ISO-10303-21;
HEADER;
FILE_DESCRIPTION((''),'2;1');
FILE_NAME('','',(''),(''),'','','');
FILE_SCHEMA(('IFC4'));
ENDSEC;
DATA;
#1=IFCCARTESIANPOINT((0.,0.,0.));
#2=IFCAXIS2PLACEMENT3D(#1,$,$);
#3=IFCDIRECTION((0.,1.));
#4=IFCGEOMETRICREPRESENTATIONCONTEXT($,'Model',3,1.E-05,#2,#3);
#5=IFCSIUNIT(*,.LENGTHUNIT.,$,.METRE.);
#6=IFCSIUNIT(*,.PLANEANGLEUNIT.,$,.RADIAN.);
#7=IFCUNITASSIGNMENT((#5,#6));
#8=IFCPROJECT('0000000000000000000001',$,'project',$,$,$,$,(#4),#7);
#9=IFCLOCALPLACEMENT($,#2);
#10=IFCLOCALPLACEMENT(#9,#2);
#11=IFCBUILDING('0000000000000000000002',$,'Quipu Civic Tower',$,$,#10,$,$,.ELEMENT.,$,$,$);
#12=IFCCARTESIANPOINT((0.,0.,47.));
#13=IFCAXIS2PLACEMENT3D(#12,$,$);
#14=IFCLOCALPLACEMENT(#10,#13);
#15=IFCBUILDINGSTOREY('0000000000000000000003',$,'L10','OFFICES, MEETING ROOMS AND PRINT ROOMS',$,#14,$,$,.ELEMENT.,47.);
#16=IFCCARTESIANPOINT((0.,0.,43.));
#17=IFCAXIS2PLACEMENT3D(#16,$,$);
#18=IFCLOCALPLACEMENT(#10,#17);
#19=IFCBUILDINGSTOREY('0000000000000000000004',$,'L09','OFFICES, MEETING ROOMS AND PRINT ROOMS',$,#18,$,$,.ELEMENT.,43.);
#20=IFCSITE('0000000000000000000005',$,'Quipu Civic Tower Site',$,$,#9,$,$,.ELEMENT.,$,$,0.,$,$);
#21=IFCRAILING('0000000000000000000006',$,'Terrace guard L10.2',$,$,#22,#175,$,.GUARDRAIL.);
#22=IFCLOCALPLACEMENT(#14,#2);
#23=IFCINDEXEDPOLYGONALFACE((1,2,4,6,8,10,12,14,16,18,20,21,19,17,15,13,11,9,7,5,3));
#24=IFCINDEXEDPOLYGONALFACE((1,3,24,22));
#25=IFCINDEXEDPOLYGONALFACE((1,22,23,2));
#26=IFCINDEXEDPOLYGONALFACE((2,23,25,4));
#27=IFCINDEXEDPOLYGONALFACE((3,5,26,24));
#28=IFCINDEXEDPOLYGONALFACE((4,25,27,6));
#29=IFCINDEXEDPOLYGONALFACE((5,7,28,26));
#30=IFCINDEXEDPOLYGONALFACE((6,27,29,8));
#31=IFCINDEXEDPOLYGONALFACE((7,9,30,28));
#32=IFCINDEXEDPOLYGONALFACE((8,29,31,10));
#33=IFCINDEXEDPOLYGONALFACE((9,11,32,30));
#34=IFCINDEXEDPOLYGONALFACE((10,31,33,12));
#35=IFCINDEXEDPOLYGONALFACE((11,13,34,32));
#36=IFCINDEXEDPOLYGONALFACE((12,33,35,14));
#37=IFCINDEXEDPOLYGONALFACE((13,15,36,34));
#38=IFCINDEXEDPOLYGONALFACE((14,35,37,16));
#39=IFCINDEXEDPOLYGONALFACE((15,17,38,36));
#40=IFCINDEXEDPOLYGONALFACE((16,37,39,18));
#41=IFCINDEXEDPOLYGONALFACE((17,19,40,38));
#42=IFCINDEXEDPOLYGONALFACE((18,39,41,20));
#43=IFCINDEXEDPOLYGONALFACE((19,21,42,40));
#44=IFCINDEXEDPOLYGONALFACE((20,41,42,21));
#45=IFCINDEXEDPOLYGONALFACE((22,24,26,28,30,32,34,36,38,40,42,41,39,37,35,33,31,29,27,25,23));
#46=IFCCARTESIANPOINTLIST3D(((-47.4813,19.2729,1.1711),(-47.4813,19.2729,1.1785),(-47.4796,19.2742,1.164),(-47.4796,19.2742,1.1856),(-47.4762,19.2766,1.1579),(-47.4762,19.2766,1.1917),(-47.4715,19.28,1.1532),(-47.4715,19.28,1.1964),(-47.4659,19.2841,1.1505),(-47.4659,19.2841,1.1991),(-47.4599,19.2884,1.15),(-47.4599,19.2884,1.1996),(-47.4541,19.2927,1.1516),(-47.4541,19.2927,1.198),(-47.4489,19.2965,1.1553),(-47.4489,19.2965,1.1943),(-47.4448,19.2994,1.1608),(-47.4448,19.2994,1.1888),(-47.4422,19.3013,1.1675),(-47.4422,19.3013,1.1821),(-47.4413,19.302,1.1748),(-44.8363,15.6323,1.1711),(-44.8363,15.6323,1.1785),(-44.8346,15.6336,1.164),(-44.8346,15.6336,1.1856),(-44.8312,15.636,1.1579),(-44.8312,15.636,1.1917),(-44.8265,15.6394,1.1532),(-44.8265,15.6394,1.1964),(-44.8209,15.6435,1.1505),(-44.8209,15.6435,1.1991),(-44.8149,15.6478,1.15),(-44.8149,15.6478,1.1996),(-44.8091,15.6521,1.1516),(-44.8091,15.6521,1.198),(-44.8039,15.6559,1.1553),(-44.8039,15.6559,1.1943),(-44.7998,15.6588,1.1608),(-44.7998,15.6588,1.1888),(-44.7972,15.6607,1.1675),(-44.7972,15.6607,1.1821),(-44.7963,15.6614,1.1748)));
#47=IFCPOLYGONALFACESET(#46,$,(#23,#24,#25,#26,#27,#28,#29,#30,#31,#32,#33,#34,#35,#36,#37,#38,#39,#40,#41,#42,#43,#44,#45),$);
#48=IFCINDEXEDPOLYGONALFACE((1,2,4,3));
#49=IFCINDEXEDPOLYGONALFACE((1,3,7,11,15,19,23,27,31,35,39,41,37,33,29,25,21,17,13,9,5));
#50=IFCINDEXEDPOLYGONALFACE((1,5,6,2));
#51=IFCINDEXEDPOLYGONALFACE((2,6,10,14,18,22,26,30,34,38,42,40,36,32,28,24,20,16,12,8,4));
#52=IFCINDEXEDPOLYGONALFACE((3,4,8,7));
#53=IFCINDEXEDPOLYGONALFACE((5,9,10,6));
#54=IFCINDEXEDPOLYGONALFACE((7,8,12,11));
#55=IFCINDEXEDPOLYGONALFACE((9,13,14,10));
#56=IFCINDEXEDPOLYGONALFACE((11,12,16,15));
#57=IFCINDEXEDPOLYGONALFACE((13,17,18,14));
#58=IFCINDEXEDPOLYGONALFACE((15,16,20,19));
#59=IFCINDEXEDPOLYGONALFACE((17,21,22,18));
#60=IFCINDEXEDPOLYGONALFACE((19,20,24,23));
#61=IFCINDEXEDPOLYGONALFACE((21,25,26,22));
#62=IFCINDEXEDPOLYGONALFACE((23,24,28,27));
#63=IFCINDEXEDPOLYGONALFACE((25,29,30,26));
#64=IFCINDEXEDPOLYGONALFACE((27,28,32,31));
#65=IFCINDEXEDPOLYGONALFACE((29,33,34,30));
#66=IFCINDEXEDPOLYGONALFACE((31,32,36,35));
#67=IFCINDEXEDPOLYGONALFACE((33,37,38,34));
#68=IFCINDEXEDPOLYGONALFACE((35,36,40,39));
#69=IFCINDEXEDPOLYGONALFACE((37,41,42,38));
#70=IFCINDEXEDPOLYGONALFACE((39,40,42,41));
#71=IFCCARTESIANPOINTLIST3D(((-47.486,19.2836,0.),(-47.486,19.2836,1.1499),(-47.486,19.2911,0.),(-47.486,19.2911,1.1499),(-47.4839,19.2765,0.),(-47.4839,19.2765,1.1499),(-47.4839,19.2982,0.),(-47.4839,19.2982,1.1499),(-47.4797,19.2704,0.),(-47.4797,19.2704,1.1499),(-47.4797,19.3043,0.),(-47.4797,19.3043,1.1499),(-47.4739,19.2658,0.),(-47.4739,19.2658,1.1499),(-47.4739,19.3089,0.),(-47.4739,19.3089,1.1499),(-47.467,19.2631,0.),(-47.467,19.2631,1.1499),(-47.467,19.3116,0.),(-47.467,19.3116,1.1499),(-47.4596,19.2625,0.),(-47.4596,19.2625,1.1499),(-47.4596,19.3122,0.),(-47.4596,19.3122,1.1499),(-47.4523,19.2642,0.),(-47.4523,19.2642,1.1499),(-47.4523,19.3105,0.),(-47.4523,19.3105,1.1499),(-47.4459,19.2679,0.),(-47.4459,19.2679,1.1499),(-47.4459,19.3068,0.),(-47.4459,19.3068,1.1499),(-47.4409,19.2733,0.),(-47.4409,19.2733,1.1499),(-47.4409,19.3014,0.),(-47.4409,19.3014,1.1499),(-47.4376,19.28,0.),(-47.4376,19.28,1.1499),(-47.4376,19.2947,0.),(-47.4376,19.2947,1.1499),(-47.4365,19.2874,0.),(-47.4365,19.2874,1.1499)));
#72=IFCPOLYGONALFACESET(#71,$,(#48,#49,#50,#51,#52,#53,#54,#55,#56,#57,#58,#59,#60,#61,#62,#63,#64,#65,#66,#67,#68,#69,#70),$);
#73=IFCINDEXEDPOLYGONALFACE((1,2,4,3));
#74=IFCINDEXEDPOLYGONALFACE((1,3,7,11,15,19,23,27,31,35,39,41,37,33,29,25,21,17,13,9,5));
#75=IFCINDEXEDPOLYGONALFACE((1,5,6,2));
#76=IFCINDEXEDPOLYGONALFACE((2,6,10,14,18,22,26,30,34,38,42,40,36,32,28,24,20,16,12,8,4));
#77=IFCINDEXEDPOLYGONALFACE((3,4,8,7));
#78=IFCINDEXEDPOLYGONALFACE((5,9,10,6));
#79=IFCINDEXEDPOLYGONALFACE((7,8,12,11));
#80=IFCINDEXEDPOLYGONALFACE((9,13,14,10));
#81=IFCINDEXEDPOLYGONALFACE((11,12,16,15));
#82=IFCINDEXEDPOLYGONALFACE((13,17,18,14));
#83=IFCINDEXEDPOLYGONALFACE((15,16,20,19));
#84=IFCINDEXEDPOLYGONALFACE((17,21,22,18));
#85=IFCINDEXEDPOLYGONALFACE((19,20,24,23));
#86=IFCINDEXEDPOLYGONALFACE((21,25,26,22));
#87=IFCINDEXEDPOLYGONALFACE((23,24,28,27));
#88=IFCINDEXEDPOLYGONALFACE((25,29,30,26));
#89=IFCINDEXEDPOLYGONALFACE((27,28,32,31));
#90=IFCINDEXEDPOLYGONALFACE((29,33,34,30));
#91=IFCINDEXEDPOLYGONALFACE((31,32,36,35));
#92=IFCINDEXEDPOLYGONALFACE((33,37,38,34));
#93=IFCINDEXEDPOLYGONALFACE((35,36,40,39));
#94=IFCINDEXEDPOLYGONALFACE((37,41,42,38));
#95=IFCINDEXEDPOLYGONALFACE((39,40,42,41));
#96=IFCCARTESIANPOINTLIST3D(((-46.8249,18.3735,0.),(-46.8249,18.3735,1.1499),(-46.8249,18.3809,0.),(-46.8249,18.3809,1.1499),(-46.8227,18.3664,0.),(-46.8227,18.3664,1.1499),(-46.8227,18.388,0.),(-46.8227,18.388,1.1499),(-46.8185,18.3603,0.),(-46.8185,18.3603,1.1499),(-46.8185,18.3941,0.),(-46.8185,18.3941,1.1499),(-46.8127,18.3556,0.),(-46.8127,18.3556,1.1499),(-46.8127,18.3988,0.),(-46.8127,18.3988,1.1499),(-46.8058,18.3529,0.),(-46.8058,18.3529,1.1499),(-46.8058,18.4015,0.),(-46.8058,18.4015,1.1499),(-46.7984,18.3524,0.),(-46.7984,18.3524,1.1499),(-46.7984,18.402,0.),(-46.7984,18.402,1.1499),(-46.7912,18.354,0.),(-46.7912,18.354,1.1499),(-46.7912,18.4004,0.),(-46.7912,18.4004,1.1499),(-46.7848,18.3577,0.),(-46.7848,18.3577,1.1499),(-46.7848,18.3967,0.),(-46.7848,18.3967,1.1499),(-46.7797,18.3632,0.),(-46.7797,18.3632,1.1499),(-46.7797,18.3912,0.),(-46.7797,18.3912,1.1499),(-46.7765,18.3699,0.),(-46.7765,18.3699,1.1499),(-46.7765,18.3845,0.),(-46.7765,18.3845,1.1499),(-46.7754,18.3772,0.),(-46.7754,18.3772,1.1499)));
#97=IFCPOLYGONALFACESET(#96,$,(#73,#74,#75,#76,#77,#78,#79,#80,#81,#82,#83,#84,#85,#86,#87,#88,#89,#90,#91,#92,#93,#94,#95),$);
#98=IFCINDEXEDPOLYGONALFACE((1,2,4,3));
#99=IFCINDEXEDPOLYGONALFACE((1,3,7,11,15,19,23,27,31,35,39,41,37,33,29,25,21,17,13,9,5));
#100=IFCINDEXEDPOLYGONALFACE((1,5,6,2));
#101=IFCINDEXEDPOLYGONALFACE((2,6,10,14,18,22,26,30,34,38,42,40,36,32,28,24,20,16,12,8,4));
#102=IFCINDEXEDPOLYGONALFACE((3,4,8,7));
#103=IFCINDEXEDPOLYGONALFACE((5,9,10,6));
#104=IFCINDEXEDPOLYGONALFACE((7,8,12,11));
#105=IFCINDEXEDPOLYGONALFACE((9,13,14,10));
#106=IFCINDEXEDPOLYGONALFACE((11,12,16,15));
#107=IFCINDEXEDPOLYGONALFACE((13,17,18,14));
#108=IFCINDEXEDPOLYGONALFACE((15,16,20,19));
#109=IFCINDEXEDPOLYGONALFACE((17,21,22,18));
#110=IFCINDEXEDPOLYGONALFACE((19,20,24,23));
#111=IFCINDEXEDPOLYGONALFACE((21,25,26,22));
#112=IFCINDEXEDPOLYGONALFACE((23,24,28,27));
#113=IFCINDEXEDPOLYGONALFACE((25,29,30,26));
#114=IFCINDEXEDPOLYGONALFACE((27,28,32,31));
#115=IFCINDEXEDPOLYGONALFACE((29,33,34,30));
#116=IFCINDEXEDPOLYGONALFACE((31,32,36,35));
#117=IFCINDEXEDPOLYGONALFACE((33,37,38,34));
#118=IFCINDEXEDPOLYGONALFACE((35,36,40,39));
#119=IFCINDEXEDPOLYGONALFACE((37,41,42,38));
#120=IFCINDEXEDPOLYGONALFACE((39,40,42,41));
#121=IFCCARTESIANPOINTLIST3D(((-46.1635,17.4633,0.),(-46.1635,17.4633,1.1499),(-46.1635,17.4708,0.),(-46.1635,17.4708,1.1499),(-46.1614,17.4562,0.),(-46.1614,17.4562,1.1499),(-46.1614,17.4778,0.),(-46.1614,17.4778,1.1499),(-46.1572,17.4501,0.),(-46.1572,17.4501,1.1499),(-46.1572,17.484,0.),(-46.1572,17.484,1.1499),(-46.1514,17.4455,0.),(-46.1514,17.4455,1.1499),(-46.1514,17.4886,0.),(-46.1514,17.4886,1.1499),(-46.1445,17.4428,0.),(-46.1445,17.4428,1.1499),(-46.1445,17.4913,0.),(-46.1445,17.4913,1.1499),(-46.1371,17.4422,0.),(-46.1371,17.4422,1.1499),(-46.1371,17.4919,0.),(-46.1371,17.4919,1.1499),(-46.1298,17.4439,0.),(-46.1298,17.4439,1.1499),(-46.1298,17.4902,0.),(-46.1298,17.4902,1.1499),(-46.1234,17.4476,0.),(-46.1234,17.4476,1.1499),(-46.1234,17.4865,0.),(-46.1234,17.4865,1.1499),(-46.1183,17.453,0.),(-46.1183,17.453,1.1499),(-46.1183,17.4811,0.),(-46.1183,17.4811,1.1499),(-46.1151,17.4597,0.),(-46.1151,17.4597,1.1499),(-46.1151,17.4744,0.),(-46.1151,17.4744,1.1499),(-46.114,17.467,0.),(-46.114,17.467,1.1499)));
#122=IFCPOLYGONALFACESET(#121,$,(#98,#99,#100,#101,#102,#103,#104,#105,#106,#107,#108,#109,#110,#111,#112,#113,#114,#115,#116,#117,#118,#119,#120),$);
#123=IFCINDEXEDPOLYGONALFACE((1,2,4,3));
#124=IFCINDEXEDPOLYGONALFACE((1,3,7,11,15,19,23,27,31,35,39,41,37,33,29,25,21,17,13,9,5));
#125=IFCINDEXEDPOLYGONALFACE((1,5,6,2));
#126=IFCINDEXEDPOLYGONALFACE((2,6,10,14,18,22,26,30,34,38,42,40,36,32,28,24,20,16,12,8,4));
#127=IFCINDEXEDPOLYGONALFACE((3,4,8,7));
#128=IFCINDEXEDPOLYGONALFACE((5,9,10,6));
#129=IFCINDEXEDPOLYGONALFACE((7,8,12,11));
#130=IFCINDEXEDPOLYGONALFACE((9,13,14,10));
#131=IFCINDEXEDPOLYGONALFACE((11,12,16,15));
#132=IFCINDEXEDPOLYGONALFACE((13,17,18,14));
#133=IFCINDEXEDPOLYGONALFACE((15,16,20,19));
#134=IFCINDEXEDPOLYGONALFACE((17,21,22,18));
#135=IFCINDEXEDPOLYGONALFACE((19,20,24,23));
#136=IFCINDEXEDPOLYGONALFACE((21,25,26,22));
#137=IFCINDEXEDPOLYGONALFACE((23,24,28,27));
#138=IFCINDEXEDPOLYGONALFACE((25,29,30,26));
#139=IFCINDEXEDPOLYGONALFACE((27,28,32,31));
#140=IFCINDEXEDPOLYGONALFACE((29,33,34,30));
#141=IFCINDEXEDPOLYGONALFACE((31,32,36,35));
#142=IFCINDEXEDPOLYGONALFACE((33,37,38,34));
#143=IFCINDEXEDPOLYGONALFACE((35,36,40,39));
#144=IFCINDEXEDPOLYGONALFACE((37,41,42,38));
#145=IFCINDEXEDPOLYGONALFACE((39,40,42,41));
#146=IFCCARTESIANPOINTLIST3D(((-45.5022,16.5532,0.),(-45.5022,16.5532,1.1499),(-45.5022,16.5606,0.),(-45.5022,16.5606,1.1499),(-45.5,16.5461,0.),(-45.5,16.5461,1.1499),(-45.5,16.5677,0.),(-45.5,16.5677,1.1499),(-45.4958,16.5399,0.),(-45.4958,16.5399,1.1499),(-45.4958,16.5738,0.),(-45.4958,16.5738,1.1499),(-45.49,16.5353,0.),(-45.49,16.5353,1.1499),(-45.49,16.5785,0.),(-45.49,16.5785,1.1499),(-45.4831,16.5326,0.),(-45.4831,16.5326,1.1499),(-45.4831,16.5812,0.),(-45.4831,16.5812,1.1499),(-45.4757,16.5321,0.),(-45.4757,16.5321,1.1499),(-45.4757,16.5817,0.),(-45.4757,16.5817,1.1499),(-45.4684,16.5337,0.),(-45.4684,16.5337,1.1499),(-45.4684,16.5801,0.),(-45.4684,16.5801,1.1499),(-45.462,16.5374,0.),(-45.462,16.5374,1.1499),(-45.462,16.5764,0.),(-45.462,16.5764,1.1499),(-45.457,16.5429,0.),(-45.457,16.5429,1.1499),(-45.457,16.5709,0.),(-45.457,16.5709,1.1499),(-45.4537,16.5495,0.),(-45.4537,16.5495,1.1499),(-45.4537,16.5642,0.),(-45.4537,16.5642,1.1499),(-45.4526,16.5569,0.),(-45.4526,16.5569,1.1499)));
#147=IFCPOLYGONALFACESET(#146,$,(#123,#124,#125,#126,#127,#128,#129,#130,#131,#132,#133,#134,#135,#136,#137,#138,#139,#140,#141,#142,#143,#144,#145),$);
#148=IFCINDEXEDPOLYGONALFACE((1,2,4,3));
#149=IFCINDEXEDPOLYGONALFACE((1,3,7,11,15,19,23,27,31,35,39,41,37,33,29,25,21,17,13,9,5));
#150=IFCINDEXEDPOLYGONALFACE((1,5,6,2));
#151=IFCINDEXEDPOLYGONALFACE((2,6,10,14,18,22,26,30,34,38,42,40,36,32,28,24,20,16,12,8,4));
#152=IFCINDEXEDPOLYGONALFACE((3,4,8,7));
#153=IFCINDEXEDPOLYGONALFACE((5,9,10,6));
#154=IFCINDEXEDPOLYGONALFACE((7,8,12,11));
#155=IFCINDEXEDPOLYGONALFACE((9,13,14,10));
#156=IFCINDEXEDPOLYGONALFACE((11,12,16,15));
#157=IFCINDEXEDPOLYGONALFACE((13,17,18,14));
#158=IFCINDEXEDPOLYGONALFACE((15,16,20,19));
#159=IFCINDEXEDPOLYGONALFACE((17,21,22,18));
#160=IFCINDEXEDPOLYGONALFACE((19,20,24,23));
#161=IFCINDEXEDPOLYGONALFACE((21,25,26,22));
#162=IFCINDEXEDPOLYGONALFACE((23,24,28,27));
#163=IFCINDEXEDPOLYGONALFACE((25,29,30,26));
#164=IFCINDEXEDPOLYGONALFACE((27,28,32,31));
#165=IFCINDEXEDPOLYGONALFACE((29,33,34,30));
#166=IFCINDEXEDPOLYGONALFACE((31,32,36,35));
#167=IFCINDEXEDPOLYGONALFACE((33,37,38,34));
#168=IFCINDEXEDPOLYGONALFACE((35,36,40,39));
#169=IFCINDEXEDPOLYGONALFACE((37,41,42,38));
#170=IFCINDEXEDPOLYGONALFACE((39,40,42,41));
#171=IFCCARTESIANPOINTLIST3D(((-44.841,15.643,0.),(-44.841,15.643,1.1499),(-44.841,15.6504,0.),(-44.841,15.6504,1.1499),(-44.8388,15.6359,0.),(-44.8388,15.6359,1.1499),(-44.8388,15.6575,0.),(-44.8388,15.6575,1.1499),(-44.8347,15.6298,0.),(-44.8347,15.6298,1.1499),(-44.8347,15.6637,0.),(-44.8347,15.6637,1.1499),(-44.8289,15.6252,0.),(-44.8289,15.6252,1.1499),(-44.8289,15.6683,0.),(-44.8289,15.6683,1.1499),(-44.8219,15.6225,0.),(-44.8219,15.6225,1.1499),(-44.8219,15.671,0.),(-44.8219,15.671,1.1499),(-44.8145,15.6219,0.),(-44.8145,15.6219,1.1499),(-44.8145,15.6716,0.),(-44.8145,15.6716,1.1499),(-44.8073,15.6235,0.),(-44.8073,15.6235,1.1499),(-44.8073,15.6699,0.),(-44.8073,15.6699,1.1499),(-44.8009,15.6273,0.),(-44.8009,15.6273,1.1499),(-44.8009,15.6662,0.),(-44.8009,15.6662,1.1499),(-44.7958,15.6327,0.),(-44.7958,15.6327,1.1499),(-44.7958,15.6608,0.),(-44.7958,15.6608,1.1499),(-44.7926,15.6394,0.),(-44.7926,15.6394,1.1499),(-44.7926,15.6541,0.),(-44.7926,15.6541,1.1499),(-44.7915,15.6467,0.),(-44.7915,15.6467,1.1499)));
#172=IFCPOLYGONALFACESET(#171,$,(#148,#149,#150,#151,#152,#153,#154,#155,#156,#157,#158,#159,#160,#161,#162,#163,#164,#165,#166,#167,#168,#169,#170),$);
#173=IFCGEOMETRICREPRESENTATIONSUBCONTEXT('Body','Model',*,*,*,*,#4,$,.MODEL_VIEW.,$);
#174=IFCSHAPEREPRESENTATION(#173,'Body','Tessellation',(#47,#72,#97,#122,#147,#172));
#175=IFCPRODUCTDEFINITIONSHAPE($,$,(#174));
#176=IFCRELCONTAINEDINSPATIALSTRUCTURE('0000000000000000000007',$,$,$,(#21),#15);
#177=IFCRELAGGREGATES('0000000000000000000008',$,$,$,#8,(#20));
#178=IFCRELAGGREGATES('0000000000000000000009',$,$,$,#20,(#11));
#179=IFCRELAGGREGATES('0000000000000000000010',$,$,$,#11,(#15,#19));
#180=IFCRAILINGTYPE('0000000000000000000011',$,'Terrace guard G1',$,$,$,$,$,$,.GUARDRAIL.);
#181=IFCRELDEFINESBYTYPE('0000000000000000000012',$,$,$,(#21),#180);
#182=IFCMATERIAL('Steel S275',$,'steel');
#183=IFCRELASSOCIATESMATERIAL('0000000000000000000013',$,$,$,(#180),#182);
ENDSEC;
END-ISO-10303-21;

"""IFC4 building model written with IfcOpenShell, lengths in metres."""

from ifc_helpers import new_model, si_unit, direction, frame, origin, origin_2d, place, context, subcontext, project, spatial, circle, extrude, material, type_object, element, save


model = new_model("IFC4")

# Units and contexts
model_context = context("Model", 3, precision=1e-05, world=origin(), true_north=direction((0.0, 1.0)))
body_context = subcontext(model_context, "Body", "Model", "MODEL_VIEW")
ifc_project = project(units=[si_unit("LENGTHUNIT", "METRE"), si_unit("PLANEANGLEUNIT", "RADIAN")], contexts=[model_context])

# Site, building, storey
site_placement = place(None, origin())
site = spatial("IfcSite", under=ifc_project, at=site_placement, Name="Quipu Civic Tower Site", CompositionType="ELEMENT", RefElevation=0.0)
building_placement = place(site_placement, origin())
building = spatial("IfcBuilding", under=site, at=building_placement, Name="Quipu Civic Tower", CompositionType="ELEMENT")
storey_1_placement = place(building_placement, frame((0.0, 0.0, 47.0)))
storey_1 = spatial("IfcBuildingStorey", under=building, at=storey_1_placement, Name="L10", Description="OFFICES, MEETING ROOMS AND PRINT ROOMS", CompositionType="ELEMENT", Elevation=47.0)

# Shared definitions
storey_2_placement = place(building_placement, frame((0.0, 0.0, 43.0)))
storey_2 = spatial("IfcBuildingStorey", under=building, at=storey_2_placement, Name="L09", Description="OFFICES, MEETING ROOMS AND PRINT ROOMS", CompositionType="ELEMENT", Elevation=43.0)

# Railing
ifc_material_1 = material(Name="Steel S275", Category="steel")
railing_type = type_object("IfcRailingType", Name="Terrace guard G1", PredefinedType="GUARDRAIL", material=ifc_material_1)
railing_1_placement = place(storey_1_placement, frame((-47.4614, 19.2874, 0.0)))
element("IfcRailing", 1, at=railing_1_placement, inside=storey_1, type_object=railing_type, Name="Terrace guard L10.2", PredefinedType="GUARDRAIL", context=body_context, shape_type="SweptSolid", body=[
    extrude(circle(Radius=0.0249, at=origin_2d()), frame((0.0, 0.0, 1.1748), z_axis=(0.587778, -0.809022, 0.0), x_axis=(0.809022, 0.587778, 0.0)), (0.0, 0.0, 1.0), 4.5),
    extrude(circle(Radius=0.0249, at=origin_2d()), origin(), (0.0, 0.0, 1.0), 1.1499),
    extrude(circle(Radius=0.0249, at=origin_2d()), frame((0.6611, -0.9102, 0.0)), (0.0, 0.0, 1.0), 1.1499),
    extrude(circle(Radius=0.0249, at=origin_2d()), frame((1.3225, -1.8203, 0.0)), (0.0, 0.0, 1.0), 1.1499),
    extrude(circle(Radius=0.0249, at=origin_2d()), frame((1.9839, -2.7305, 0.0)), (0.0, 0.0, 1.0), 1.1499),
    extrude(circle(Radius=0.0249, at=origin_2d()), frame((2.645, -3.6406, 0.0)), (0.0, 0.0, 1.0), 1.1499),
])

save(model, "model.ifc")
